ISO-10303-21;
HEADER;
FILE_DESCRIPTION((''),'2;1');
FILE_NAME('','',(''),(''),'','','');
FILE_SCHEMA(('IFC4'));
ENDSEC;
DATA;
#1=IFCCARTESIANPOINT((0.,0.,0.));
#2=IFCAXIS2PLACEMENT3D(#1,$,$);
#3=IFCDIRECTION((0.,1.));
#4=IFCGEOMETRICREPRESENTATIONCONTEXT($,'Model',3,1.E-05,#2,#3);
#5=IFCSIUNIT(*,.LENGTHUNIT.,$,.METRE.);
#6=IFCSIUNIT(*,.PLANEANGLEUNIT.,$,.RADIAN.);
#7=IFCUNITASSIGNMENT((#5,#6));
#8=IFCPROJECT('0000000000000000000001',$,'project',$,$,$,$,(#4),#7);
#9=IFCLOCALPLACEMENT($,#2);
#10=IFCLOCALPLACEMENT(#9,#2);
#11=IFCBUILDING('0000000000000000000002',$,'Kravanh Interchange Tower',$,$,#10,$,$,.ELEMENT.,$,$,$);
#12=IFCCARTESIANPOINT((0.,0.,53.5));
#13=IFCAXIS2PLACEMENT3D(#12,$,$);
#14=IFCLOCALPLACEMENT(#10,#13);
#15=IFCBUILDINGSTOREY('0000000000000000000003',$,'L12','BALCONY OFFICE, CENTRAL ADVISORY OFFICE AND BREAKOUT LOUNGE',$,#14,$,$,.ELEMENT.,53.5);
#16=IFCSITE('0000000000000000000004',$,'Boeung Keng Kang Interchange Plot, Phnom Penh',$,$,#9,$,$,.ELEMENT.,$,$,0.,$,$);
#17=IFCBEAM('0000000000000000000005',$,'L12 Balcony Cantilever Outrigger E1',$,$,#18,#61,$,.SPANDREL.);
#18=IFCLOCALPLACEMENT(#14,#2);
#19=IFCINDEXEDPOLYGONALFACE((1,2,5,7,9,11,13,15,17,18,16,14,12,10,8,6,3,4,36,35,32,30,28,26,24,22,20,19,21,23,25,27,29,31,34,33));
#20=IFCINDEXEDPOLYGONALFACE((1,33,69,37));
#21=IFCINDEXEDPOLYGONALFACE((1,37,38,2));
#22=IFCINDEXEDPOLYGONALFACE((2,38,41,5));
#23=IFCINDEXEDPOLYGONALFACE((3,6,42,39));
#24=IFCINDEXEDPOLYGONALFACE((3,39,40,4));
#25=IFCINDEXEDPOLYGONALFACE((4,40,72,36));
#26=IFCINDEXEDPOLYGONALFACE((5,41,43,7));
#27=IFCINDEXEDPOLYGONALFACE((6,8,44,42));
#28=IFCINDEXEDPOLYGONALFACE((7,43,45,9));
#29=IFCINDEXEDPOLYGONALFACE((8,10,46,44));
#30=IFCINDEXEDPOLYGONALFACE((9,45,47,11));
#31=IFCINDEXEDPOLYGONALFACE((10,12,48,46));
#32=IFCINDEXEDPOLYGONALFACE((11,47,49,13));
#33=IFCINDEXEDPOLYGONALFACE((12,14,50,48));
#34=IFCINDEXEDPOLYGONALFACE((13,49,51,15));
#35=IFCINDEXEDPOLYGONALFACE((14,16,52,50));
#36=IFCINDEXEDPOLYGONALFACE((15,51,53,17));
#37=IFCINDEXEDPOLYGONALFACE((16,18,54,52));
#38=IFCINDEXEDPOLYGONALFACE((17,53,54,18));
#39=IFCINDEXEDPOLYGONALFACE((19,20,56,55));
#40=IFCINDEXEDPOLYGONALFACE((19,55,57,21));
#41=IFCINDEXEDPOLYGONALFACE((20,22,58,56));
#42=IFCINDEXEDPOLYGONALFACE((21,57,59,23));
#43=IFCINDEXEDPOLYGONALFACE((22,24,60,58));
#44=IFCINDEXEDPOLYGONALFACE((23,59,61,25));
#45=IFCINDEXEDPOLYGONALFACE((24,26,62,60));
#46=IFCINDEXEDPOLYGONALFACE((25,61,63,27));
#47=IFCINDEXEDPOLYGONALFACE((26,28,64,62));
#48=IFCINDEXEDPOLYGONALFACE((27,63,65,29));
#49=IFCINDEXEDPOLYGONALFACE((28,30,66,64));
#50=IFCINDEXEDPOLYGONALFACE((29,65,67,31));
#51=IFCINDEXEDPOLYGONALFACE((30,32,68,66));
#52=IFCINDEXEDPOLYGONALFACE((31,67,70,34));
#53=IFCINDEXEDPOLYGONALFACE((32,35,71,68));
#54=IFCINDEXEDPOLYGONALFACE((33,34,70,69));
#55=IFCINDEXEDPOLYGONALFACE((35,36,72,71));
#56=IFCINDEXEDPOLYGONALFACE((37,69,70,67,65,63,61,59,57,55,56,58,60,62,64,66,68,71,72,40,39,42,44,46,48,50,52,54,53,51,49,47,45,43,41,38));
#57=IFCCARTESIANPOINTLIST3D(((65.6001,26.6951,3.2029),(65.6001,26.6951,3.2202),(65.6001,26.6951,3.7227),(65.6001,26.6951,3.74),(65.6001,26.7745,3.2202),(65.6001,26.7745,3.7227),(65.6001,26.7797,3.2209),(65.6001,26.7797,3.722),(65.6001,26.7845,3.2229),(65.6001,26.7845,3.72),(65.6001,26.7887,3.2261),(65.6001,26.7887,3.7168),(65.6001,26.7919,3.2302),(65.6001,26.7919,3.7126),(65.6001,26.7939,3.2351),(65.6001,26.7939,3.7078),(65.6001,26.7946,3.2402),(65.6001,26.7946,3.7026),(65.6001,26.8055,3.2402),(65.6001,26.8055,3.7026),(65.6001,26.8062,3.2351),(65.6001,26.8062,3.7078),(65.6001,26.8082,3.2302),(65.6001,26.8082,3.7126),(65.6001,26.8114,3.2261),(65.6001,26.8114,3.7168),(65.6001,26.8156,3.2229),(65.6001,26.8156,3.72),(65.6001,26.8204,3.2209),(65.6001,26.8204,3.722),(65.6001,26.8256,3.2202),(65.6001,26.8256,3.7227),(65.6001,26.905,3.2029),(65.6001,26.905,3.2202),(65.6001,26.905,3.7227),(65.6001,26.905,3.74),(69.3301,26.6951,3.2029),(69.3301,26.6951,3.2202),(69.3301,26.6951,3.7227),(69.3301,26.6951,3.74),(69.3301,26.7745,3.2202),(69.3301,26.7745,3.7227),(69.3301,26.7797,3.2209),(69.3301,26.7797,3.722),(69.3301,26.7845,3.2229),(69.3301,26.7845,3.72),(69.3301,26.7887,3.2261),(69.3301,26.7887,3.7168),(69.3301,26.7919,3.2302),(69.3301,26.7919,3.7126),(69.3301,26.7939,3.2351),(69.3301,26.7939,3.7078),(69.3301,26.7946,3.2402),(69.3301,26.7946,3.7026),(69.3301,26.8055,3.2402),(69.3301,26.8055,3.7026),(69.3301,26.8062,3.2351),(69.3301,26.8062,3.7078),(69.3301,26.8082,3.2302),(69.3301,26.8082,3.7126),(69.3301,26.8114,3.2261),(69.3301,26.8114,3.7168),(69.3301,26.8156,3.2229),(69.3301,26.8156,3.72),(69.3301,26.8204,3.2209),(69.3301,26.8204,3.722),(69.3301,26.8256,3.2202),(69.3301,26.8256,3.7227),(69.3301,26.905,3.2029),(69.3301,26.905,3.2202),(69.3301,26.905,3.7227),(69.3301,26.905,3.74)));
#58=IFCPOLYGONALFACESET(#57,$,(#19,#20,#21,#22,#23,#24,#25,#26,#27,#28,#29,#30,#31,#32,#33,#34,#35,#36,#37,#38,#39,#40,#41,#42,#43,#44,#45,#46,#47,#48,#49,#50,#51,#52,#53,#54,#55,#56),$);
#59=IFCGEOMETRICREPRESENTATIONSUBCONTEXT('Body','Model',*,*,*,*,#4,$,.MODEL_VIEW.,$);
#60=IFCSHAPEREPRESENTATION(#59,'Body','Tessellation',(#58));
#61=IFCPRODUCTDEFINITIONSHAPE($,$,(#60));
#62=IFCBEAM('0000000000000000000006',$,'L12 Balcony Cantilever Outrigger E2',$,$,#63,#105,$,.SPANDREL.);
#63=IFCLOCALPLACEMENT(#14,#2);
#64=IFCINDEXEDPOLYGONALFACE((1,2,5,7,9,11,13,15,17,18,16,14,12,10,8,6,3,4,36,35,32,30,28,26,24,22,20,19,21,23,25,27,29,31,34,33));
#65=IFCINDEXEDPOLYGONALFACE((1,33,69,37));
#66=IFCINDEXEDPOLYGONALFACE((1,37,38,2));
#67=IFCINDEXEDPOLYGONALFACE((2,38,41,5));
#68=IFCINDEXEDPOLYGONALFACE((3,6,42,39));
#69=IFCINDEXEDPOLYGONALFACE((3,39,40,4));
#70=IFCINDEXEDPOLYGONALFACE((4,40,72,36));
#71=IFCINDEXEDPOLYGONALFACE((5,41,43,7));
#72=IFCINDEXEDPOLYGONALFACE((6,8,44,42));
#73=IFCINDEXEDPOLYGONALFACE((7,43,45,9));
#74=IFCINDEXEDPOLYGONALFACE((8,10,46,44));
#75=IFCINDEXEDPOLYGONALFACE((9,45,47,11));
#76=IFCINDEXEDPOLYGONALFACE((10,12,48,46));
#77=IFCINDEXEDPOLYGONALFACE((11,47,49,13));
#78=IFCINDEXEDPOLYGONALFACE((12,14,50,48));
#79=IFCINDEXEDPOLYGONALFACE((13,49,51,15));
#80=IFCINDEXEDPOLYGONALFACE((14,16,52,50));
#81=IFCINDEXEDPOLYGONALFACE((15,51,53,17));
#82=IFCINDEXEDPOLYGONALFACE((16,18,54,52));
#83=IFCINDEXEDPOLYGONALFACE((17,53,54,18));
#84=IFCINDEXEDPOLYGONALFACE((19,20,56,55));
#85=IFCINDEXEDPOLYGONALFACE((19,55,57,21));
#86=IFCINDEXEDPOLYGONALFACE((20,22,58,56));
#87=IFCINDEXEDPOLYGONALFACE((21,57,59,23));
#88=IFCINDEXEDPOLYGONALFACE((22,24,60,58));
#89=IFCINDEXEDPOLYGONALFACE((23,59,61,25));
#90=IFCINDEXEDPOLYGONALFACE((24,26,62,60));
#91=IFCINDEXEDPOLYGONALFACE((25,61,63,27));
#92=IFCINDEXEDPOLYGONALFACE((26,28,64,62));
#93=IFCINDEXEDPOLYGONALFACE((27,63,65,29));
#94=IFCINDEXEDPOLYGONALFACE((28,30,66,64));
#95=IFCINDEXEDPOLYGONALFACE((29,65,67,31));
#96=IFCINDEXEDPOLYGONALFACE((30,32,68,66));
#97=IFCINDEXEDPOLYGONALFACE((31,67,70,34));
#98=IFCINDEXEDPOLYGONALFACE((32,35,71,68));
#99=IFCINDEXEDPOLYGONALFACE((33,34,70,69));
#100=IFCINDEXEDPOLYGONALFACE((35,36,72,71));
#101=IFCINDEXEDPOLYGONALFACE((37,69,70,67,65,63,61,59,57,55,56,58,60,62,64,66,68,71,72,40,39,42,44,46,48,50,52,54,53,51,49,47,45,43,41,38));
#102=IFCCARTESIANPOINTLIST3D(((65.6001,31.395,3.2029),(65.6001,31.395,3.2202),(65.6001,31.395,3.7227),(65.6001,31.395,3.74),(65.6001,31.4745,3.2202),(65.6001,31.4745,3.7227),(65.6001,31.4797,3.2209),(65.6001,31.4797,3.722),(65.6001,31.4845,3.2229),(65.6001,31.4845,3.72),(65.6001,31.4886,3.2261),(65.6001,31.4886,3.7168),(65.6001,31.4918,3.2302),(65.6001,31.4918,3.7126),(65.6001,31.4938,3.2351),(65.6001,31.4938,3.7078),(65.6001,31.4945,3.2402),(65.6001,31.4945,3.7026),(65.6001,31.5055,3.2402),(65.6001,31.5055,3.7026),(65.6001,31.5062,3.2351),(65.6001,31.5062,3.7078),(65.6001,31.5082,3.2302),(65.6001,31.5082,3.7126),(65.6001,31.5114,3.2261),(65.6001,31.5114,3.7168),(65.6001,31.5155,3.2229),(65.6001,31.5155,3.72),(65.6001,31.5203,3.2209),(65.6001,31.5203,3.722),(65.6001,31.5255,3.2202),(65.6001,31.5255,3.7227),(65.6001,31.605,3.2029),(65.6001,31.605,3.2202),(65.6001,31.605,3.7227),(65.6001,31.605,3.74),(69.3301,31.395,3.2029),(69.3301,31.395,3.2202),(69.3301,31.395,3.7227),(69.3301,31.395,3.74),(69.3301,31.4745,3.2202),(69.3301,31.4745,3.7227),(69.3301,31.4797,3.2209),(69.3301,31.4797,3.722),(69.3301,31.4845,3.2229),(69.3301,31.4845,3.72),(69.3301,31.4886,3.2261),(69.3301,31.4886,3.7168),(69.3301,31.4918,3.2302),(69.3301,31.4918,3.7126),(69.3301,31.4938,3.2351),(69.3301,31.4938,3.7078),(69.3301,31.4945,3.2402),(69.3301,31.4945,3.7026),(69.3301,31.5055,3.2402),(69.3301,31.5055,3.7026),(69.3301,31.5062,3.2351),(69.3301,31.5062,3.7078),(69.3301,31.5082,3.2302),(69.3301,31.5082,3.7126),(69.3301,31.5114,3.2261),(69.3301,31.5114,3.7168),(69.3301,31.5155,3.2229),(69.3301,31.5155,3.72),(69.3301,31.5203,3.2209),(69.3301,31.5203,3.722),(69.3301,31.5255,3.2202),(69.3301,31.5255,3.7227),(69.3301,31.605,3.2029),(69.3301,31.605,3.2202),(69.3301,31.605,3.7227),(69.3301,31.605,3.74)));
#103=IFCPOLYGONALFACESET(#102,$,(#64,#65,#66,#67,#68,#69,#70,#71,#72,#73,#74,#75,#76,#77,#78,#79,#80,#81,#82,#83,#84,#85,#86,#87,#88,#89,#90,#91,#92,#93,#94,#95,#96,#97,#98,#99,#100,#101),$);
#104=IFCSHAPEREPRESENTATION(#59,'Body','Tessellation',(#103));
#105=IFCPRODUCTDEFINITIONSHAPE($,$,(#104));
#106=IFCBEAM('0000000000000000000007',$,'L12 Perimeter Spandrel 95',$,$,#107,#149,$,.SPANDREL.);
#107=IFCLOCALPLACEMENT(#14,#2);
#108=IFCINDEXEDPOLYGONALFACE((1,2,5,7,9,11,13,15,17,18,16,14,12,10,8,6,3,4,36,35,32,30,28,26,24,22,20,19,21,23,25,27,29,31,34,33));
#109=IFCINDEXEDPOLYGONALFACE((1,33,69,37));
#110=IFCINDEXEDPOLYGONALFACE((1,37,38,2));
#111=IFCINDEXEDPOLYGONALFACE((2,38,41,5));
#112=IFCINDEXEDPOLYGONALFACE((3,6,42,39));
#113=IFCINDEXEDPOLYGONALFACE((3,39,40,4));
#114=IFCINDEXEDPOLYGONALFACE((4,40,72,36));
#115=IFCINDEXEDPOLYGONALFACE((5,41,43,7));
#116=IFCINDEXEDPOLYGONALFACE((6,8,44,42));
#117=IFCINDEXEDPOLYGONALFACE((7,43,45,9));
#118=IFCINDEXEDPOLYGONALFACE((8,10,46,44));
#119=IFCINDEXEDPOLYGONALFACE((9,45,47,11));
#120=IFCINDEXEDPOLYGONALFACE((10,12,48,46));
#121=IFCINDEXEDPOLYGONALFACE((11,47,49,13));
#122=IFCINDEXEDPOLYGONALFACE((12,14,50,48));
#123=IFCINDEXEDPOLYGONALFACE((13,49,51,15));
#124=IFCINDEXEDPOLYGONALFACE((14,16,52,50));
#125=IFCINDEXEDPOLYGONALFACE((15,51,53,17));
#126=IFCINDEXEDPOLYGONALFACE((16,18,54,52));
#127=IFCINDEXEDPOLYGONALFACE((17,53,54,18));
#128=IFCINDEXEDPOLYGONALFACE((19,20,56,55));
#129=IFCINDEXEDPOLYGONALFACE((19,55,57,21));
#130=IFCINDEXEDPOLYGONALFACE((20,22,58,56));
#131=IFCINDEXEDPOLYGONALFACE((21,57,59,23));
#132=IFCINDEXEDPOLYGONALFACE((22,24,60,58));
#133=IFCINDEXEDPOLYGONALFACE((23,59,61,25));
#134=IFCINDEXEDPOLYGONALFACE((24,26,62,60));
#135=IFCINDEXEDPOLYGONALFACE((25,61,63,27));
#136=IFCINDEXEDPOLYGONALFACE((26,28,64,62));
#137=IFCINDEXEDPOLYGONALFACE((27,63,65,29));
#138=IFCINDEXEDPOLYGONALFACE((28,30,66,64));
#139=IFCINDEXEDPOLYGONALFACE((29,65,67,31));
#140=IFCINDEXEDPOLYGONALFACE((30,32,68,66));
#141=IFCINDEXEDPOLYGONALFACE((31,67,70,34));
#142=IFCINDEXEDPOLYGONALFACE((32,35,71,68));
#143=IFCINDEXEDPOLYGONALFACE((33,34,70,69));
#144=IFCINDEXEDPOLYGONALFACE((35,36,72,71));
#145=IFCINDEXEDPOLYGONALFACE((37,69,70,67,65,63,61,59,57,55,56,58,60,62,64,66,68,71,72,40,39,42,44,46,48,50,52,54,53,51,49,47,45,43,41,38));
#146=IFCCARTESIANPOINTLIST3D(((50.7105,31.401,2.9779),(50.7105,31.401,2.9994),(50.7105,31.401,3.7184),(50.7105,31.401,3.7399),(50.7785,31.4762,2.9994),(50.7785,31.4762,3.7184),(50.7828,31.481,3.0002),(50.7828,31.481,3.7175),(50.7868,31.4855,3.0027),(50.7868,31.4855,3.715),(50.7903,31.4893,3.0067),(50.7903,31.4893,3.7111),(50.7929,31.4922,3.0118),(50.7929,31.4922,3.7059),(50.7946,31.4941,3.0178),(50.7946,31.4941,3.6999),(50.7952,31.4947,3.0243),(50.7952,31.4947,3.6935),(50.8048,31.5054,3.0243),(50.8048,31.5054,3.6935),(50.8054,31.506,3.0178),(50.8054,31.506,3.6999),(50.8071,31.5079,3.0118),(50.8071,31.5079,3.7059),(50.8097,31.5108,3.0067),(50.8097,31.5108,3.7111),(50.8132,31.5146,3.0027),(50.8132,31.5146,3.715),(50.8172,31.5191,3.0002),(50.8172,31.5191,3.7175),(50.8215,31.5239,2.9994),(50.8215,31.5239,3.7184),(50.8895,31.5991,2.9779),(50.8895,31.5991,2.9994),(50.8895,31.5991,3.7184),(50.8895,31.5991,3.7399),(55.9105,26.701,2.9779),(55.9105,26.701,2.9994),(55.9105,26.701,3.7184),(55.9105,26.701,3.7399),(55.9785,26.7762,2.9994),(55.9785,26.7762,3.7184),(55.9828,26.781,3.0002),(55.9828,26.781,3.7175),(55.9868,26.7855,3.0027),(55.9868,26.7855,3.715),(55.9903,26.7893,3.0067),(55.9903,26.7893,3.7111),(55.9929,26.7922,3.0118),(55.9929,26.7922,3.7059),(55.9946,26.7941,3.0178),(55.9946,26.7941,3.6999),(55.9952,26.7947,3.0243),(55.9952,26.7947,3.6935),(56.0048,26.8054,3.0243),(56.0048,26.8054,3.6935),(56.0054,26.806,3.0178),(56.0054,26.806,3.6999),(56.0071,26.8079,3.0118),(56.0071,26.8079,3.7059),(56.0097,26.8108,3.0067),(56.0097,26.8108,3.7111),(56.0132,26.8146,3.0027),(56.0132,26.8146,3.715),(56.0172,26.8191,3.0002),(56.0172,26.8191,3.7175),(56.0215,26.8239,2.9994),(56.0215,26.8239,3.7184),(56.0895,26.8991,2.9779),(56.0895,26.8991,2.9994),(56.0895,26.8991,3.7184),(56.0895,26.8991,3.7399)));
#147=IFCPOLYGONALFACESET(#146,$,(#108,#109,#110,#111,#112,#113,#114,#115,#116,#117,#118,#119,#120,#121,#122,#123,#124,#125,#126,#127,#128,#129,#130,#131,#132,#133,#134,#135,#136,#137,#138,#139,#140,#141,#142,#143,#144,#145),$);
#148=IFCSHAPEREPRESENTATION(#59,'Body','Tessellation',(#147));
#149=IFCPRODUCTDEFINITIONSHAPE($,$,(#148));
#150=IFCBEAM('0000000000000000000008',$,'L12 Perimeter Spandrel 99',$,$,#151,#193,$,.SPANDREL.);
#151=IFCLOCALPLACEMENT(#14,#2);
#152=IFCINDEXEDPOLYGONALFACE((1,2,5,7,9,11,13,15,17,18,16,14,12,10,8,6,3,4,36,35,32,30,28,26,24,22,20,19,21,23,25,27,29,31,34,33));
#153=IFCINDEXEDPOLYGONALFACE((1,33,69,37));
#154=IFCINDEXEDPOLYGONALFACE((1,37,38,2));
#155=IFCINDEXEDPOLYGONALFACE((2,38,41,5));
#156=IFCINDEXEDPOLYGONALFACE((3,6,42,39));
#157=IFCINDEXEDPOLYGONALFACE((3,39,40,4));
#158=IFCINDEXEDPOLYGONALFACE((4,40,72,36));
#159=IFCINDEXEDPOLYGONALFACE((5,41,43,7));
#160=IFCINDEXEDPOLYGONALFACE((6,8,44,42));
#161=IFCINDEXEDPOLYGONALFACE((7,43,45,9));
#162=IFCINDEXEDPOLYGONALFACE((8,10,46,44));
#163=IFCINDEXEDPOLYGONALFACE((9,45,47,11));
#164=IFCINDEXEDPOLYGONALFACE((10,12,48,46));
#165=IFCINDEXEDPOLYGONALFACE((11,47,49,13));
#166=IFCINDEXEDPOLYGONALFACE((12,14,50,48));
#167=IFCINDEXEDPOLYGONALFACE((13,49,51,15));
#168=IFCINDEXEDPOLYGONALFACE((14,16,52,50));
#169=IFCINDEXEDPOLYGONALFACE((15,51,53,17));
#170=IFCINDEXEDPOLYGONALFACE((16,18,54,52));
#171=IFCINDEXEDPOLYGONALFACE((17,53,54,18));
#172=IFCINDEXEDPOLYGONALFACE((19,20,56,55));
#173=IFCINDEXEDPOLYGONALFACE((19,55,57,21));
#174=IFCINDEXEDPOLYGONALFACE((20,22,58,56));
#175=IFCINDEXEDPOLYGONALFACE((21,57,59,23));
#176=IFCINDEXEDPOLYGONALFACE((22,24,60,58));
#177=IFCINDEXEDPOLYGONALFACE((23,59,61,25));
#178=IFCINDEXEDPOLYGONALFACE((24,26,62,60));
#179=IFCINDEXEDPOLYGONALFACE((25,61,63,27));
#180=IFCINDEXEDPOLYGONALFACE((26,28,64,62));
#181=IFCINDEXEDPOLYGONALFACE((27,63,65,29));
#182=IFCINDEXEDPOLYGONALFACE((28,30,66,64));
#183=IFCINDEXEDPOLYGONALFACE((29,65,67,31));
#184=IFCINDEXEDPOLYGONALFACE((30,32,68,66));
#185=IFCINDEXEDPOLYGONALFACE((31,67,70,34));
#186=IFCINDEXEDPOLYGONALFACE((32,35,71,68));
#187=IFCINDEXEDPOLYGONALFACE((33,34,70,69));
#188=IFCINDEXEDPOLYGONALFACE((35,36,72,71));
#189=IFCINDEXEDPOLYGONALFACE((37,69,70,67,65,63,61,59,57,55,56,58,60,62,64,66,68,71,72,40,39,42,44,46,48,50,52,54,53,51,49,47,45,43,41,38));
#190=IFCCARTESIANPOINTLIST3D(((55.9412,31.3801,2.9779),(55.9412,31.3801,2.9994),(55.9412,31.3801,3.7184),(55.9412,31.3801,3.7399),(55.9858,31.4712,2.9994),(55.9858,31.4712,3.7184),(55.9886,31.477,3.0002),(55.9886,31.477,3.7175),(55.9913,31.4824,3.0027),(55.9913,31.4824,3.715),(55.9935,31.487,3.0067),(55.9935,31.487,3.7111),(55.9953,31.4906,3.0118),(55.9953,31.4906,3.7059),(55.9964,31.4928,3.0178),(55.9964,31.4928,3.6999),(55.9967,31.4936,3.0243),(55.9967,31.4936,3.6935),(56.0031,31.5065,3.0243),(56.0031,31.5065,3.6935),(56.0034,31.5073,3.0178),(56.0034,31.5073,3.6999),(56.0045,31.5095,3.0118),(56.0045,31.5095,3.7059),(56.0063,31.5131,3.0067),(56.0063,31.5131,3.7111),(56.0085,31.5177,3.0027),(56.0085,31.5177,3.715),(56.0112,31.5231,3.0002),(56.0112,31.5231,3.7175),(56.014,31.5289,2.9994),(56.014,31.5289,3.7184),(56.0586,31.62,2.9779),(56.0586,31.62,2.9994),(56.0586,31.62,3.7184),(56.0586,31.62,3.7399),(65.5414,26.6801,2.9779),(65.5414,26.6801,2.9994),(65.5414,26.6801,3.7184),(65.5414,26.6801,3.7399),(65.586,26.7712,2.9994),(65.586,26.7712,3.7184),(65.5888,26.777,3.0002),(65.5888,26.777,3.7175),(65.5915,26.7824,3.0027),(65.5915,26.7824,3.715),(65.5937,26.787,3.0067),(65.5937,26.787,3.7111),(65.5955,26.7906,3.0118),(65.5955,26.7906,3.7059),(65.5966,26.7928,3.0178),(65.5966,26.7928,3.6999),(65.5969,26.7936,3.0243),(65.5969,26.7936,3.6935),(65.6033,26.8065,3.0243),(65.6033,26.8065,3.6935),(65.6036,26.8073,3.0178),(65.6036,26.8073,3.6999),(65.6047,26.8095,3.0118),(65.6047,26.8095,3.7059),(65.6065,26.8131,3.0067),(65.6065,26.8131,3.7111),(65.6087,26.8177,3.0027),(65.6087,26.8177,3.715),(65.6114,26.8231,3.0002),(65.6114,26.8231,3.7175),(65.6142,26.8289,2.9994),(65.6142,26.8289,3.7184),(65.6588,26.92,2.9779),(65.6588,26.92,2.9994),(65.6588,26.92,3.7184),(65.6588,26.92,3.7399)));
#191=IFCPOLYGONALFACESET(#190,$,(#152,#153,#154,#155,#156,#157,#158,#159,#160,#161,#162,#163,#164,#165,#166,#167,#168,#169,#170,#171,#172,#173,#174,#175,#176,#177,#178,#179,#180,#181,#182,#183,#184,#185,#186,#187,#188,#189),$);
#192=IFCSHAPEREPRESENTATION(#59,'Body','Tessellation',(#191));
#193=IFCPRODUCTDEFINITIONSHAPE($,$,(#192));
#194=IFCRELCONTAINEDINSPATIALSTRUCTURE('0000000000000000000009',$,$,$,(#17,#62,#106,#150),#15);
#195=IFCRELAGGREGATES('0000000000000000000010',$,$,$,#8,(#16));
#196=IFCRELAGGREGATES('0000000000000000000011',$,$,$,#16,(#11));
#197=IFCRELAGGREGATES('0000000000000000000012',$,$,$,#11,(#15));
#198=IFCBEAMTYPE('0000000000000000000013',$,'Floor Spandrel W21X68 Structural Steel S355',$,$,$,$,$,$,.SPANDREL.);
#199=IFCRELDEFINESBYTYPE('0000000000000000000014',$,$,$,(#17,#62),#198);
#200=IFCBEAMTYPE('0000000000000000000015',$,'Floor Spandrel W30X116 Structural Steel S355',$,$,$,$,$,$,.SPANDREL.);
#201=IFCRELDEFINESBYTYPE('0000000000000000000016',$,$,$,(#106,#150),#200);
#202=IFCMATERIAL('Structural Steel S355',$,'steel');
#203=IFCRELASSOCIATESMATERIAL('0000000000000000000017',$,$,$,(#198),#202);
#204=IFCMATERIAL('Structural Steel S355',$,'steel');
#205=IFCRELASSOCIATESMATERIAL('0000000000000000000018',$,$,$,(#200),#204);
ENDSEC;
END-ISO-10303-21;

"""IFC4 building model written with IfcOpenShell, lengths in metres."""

from ifc_helpers import new_model, si_unit, direction, frame, origin, origin_2d, place, context, subcontext, project, spatial, i_section, extrude, material, material_profile, profile_set, type_object, element, save


model = new_model("IFC4")

# Units and contexts
model_context = context("Model", 3, precision=1e-05, world=origin(), true_north=direction((0.0, 1.0)))
body_context = subcontext(model_context, "Body", "Model", "MODEL_VIEW")
ifc_project = project(units=[si_unit("LENGTHUNIT", "METRE"), si_unit("PLANEANGLEUNIT", "RADIAN")], contexts=[model_context])

# Site, building, storey
site_placement = place(None, origin())
site = spatial("IfcSite", under=ifc_project, at=site_placement, Name="Boeung Keng Kang Interchange Plot, Phnom Penh", CompositionType="ELEMENT", RefElevation=0.0)
building_placement = place(site_placement, origin())
building = spatial("IfcBuilding", under=site, at=building_placement, Name="Kravanh Interchange Tower", CompositionType="ELEMENT")
storey_placement = place(building_placement, frame((0.0, 0.0, 53.5)))
storey = spatial("IfcBuildingStorey", under=building, at=storey_placement, Name="L12", Description="BALCONY OFFICE, CENTRAL ADVISORY OFFICE AND BREAKOUT LOUNGE", CompositionType="ELEMENT", Elevation=53.5)

# Beams
ifc_material_1 = material(Name="Structural Steel S355", Category="steel")
ifc_material_profile_1 = material_profile(ifc_material_1, i_section(OverallWidth=0.21, OverallDepth=0.5371, WebThickness=0.011, FlangeThickness=0.0173, FilletRadius=0.02, at=origin_2d()), Name="W21X68")
ifc_profile_set_1 = profile_set([ifc_material_profile_1], Name="Structural Steel S355")
beam_type_1 = type_object("IfcBeamType", Name="Floor Spandrel W21X68 Structural Steel S355", PredefinedType="SPANDREL", material=ifc_profile_set_1)
for number, where, z_axis, x_axis, name in (
    (1, (65.6001, 26.8, 3.4714), (1.0, 0.0, 0.0), (0.0, 1.0, 0.0), "L12 Balcony Cantilever Outrigger E1"),
    (2, (65.6001, 31.5, 3.4714), (1.0, 0.0, 0.0), (0.0, 1.0, 0.0), "L12 Balcony Cantilever Outrigger E2"),
):
    element("IfcBeam", number, at=place(storey_placement, frame(where, z_axis=z_axis, x_axis=x_axis)), inside=storey, type_object=beam_type_1, Name=name, PredefinedType="SPANDREL", context=body_context, shape_type="SweptSolid", body=[
        extrude(i_section(OverallWidth=0.21, OverallDepth=0.5371, WebThickness=0.011, FlangeThickness=0.0173, FilletRadius=0.02, at=origin_2d()), origin(), (0.0, 0.0, 1.0), 3.73),
    ])
ifc_material_2 = material(Name="Structural Steel S355", Category="steel")
ifc_material_profile_2 = material_profile(ifc_material_2, i_section(OverallWidth=0.2671, OverallDepth=0.762, WebThickness=0.0144, FlangeThickness=0.0215, FilletRadius=0.0249, at=origin_2d()), Name="W30X116")
ifc_profile_set_2 = profile_set([ifc_material_profile_2], Name="Structural Steel S355")
beam_type_2 = type_object("IfcBeamType", Name="Floor Spandrel W30X116 Structural Steel S355", PredefinedType="SPANDREL", material=ifc_profile_set_2)
beam_1_placement = place(storey_placement, frame((56.0, 26.8, 3.3589), z_axis=(-0.741874, 0.670539, 0.0), x_axis=(-0.670539, -0.741874, 0.0)))
element("IfcBeam", 3, at=beam_1_placement, inside=storey, type_object=beam_type_2, Name="L12 Perimeter Spandrel 95", PredefinedType="SPANDREL", context=body_context, shape_type="SweptSolid", body=[
    extrude(i_section(OverallWidth=0.2671, OverallDepth=0.762, WebThickness=0.0144, FlangeThickness=0.0215, FilletRadius=0.0249, at=origin_2d()), origin(), (0.0, 0.0, 1.0), 7.0093),
])
beam_2_placement = place(storey_placement, frame((65.6001, 26.8, 3.3589), z_axis=(-0.898142, 0.439706, 0.0), x_axis=(-0.439706, -0.898142, 0.0)))
element("IfcBeam", 4, at=beam_2_placement, inside=storey, type_object=beam_type_2, Name="L12 Perimeter Spandrel 99", PredefinedType="SPANDREL", context=body_context, shape_type="SweptSolid", body=[
    extrude(i_section(OverallWidth=0.2671, OverallDepth=0.762, WebThickness=0.0144, FlangeThickness=0.0215, FilletRadius=0.0249, at=origin_2d()), origin(), (0.0, 0.0, 1.0), 10.689),
])

save(model, "model.ifc")
